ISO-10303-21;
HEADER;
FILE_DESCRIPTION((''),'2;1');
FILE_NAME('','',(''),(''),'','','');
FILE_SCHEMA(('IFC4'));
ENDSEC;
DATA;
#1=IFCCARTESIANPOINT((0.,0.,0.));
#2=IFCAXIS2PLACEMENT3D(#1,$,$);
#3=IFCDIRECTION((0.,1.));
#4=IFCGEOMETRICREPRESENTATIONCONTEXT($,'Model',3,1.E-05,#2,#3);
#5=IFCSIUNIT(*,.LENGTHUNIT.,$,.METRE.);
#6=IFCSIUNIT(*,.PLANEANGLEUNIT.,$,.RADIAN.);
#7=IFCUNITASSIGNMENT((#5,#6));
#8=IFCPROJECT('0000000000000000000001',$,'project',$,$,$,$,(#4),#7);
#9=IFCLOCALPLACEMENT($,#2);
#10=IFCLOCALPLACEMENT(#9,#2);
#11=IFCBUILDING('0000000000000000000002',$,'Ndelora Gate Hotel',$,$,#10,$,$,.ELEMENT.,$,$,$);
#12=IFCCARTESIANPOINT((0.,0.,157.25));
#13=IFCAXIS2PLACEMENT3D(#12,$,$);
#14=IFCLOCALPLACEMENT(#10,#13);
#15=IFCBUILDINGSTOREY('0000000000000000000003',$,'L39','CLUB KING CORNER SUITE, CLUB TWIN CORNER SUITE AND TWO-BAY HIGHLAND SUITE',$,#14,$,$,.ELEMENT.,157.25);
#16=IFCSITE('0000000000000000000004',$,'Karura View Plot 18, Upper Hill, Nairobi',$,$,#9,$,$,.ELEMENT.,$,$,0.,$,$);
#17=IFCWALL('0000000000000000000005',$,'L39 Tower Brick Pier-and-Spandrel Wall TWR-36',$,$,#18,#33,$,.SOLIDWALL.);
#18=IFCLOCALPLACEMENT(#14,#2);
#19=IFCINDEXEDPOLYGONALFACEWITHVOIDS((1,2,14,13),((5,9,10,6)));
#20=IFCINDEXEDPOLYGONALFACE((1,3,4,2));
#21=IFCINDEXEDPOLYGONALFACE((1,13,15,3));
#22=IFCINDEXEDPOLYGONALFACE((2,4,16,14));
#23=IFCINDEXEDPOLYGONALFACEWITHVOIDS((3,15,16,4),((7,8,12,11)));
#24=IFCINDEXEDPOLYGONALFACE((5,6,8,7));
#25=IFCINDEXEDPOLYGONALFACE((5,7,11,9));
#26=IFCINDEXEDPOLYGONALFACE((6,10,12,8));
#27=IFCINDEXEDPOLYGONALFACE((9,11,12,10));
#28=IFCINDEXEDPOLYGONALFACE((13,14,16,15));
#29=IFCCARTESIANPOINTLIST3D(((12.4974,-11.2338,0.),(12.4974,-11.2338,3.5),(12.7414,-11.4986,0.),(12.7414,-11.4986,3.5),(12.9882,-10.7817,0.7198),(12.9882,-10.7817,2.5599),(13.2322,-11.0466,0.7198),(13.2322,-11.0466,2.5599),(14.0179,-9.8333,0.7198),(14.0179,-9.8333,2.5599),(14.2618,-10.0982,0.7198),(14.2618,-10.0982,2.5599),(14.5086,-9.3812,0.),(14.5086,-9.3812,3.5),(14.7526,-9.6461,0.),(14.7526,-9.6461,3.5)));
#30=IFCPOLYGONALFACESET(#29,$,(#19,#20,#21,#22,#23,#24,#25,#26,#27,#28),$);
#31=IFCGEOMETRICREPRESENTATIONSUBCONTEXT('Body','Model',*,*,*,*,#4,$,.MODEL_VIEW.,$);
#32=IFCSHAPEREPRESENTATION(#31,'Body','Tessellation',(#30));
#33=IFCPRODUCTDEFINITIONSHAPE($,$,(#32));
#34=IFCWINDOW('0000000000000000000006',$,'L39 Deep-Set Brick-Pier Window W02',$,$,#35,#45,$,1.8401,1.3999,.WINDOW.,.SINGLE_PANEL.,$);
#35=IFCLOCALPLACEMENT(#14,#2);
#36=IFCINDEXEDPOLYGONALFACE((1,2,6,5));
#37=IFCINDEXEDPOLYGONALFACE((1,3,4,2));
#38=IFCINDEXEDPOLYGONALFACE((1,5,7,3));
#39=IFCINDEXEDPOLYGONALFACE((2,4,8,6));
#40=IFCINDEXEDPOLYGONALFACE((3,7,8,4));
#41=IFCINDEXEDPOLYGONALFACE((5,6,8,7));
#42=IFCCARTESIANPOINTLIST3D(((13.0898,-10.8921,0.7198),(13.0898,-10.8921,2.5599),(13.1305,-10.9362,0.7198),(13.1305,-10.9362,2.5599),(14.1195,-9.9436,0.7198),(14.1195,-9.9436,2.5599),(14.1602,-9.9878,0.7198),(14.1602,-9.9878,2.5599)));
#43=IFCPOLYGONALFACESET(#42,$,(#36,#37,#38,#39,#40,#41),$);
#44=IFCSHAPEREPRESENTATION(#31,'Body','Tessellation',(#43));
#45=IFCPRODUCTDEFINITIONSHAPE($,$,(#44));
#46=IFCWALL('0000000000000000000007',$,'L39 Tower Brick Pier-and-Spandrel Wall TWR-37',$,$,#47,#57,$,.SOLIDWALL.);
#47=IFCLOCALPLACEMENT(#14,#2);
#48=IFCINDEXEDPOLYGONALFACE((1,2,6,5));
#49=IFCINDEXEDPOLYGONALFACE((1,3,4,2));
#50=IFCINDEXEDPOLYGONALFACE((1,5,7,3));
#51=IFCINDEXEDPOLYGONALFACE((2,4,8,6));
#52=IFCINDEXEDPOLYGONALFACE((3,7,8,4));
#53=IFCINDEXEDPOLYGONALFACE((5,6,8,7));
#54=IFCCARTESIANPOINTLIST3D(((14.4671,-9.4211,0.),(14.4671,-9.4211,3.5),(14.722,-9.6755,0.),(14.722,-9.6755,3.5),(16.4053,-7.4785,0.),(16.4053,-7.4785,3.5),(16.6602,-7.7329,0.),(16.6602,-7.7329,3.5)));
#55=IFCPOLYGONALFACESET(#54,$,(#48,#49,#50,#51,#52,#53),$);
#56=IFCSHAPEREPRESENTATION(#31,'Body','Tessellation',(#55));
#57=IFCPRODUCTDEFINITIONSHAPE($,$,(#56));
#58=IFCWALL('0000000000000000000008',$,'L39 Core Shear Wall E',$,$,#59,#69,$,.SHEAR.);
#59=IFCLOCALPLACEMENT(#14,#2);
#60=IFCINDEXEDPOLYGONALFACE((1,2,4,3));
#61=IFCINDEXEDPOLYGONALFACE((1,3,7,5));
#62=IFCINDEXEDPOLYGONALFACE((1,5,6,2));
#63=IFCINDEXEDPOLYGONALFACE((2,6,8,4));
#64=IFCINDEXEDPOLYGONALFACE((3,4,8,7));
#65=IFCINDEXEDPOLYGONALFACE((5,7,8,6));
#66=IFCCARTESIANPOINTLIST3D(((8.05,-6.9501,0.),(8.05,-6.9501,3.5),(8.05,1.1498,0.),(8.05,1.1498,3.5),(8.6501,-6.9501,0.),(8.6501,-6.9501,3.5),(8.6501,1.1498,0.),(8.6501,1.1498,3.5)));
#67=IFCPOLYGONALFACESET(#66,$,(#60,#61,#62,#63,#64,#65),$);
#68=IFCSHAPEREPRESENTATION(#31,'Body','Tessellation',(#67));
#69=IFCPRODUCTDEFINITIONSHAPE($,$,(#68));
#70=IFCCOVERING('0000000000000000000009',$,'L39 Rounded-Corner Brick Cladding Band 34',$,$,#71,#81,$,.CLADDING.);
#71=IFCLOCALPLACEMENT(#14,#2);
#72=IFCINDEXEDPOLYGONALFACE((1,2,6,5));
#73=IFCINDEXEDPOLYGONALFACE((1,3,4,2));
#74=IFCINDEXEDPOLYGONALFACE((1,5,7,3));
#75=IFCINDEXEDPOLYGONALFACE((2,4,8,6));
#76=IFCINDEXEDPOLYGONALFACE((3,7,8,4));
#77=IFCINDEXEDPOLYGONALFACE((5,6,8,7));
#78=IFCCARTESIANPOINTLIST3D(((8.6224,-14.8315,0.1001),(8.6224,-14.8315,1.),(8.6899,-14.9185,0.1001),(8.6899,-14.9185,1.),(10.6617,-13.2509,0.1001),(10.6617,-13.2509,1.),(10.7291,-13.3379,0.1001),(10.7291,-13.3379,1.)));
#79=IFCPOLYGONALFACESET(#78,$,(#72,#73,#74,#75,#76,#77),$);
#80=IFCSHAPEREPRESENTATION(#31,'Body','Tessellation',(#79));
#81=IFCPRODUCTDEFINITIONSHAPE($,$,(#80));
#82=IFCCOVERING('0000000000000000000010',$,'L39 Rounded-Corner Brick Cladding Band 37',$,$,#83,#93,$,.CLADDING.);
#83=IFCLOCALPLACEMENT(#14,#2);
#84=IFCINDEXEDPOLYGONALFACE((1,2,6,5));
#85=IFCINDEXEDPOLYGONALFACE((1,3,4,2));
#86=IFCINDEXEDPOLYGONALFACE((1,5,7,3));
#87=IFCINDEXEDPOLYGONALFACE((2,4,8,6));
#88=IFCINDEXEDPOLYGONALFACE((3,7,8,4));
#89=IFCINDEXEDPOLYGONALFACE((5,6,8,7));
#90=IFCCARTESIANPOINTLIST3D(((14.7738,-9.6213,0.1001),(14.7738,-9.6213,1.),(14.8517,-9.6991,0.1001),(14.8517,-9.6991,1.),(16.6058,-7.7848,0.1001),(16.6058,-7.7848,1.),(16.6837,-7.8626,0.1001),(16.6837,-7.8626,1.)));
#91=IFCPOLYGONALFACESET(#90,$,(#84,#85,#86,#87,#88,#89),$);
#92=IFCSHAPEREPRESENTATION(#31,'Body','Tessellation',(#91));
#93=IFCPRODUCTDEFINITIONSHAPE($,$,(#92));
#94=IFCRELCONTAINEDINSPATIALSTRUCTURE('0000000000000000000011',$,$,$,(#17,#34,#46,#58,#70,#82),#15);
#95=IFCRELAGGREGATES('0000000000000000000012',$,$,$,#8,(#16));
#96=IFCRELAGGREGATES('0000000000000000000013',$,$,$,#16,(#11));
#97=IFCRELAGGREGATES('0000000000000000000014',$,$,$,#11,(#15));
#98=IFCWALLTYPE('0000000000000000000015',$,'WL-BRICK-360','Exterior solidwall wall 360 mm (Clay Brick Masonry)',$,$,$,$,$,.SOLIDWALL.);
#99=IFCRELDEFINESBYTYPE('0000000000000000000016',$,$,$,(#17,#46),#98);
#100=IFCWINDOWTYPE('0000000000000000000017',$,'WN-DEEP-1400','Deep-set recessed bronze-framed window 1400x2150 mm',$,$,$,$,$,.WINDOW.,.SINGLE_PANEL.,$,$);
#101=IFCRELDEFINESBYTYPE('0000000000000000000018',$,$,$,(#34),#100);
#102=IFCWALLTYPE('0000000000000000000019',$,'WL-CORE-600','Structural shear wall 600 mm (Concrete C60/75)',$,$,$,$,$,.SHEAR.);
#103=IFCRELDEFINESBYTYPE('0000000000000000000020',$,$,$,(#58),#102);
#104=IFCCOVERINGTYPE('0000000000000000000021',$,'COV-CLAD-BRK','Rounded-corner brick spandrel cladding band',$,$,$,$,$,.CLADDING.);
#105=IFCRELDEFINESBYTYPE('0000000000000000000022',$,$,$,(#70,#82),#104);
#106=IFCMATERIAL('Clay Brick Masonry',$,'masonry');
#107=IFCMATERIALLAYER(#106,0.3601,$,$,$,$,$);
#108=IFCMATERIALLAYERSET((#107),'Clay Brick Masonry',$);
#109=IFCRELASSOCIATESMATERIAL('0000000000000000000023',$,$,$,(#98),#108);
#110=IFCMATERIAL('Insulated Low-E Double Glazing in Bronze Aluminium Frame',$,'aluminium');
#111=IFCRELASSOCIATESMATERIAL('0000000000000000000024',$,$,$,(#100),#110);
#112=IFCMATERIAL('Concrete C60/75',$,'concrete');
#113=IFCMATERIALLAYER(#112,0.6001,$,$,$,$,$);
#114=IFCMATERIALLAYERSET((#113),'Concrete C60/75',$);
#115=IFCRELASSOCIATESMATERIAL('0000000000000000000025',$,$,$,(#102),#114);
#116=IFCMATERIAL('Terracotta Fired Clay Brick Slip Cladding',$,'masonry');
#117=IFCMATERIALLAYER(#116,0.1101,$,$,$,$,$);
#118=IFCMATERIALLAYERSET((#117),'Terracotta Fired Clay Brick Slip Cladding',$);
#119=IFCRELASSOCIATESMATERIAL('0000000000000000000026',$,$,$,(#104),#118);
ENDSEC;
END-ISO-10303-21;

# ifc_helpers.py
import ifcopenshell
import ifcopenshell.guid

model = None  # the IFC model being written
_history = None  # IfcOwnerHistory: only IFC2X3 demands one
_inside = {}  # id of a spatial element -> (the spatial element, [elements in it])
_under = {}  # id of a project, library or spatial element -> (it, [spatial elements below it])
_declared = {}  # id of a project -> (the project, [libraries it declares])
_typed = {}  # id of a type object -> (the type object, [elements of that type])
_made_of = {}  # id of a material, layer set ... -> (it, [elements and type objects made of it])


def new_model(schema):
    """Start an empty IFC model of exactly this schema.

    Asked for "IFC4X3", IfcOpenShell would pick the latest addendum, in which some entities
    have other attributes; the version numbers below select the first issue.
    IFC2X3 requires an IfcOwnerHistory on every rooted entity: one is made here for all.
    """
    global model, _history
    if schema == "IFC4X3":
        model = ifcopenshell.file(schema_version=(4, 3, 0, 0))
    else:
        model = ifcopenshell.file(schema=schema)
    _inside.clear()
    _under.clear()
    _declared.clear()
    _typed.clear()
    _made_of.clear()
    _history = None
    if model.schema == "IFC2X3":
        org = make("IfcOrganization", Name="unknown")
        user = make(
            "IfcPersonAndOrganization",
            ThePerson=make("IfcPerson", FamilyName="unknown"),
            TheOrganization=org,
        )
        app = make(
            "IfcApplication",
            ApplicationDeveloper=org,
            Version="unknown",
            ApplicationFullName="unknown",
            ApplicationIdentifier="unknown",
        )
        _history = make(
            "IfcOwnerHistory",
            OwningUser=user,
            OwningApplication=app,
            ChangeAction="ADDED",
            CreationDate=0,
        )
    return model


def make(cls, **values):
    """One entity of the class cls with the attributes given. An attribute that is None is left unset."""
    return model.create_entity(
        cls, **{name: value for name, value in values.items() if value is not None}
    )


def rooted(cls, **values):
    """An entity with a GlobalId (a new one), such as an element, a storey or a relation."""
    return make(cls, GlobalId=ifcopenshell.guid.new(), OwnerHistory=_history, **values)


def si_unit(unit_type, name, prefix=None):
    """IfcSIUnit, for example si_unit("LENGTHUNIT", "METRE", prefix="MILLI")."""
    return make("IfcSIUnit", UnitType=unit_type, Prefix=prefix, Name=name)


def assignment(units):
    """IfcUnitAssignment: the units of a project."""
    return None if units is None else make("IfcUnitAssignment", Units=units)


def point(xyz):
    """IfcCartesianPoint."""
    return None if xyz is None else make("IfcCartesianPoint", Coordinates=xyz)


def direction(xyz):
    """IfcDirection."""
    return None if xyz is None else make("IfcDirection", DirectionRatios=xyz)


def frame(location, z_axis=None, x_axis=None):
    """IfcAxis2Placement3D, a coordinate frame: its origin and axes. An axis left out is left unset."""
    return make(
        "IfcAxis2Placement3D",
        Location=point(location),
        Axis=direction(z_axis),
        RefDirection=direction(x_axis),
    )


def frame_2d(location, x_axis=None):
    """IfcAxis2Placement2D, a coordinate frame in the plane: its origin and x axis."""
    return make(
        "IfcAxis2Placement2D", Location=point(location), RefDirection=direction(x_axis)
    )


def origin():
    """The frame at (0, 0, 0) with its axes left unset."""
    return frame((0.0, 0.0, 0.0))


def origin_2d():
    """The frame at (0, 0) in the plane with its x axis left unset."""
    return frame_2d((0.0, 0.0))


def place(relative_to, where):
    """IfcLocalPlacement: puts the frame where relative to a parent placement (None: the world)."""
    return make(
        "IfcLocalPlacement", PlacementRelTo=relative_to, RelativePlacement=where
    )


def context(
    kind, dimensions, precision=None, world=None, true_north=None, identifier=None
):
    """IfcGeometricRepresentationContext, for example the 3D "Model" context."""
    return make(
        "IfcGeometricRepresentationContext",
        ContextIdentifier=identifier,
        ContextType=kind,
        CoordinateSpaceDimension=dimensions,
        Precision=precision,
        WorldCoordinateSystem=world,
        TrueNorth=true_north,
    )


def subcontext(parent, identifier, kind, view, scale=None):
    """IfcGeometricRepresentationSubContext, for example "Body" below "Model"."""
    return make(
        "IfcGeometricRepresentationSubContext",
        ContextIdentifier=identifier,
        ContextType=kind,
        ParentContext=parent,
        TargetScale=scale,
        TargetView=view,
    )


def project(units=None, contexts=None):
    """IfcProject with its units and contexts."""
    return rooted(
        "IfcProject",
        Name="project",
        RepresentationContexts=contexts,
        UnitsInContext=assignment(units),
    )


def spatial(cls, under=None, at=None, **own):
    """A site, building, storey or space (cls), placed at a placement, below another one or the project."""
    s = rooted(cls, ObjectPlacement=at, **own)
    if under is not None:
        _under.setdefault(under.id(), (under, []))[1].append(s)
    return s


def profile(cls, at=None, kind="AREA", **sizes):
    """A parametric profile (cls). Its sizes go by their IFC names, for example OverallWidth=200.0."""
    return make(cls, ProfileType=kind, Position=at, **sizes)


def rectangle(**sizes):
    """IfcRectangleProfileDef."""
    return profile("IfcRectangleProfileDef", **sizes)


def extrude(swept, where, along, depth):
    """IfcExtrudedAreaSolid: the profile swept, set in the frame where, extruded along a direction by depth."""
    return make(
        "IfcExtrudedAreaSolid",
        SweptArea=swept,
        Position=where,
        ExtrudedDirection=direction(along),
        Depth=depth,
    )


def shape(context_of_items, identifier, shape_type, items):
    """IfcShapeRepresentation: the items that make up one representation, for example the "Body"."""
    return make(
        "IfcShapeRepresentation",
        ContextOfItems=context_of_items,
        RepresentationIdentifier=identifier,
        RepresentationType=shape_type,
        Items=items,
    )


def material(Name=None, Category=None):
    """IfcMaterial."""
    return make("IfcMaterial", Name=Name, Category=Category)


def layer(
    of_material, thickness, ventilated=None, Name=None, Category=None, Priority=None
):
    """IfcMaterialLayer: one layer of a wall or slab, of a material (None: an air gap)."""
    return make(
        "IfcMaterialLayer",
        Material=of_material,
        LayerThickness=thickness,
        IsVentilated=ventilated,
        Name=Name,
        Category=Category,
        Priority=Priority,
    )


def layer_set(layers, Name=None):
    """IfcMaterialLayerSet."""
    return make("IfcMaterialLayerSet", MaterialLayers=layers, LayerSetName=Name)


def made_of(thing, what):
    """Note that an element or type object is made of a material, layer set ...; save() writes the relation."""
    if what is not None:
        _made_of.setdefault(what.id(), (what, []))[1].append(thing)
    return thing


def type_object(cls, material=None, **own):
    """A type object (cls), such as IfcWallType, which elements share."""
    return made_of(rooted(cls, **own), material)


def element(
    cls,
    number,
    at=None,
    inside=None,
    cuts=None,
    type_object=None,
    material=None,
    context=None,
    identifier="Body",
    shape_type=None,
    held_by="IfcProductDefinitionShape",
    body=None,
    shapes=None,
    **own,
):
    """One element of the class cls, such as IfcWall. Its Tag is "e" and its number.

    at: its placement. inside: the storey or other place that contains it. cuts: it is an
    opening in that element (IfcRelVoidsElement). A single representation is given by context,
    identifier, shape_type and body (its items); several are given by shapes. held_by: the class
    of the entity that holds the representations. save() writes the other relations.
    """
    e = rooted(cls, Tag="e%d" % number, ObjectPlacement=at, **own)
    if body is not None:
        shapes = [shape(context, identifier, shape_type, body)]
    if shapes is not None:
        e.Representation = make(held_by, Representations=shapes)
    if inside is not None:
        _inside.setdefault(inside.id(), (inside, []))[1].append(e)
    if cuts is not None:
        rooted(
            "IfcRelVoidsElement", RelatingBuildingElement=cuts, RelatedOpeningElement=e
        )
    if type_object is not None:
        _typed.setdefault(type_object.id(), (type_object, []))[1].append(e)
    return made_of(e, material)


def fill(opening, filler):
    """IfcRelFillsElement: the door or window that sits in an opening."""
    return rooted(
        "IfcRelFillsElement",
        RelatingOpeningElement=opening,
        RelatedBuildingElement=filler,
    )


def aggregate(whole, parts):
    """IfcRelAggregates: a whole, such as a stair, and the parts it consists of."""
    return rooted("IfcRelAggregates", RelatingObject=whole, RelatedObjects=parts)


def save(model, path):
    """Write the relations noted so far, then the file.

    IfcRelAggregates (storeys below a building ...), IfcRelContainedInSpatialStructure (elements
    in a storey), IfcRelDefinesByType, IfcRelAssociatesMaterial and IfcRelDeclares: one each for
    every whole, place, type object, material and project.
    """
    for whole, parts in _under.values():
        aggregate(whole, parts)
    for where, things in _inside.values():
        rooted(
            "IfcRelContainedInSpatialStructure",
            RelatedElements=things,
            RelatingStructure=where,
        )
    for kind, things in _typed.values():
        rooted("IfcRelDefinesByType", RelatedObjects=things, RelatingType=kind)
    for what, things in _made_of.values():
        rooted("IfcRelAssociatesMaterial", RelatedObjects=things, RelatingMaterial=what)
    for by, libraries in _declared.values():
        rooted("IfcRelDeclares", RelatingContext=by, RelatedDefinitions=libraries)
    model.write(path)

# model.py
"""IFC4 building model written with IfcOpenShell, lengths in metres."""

from ifc_helpers import new_model, si_unit, direction, frame, frame_2d, origin, origin_2d, place, context, subcontext, project, spatial, rectangle, extrude, material, layer, layer_set, type_object, element, fill, save


model = new_model("IFC4")

# Units and contexts
model_context = context("Model", 3, precision=1e-05, world=origin(), true_north=direction((0.0, 1.0)))
body_context = subcontext(model_context, "Body", "Model", "MODEL_VIEW")
ifc_project = project(units=[si_unit("LENGTHUNIT", "METRE"), si_unit("PLANEANGLEUNIT", "RADIAN")], contexts=[model_context])

# Site, building, storey
site_placement = place(None, origin())
site = spatial("IfcSite", under=ifc_project, at=site_placement, Name="Karura View Plot 18, Upper Hill, Nairobi", CompositionType="ELEMENT", RefElevation=0.0)
building_placement = place(site_placement, origin())
building = spatial("IfcBuilding", under=site, at=building_placement, Name="Ndelora Gate Hotel", CompositionType="ELEMENT")
storey_placement = place(building_placement, frame((0.0, 0.0, 157.25)))
storey = spatial("IfcBuildingStorey", under=building, at=storey_placement, Name="L39", Description="CLUB KING CORNER SUITE, CLUB TWIN CORNER SUITE AND TWO-BAY HIGHLAND SUITE", CompositionType="ELEMENT", Elevation=157.25)

# Shared definitions
ifc_material_1 = material(Name="Concrete C60/75", Category="concrete")

# Shared definitions
ifc_material_2 = material(Name="Clay Brick Masonry", Category="masonry")
ifc_layer_1 = layer(ifc_material_2, 0.3601)
ifc_layer_set_1 = layer_set([ifc_layer_1], Name="Clay Brick Masonry")
wall_type_1 = type_object("IfcWallType", Name="WL-BRICK-360", Description="Exterior solidwall wall 360 mm (Clay Brick Masonry)", PredefinedType="SOLIDWALL", material=ifc_layer_set_1)
ifc_material_3 = material(Name="Insulated Low-E Double Glazing in Bronze Aluminium Frame", Category="aluminium")
window_type = type_object("IfcWindowType", Name="WN-DEEP-1400", Description="Deep-set recessed bronze-framed window 1400x2150 mm", PartitioningType="SINGLE_PANEL", PredefinedType="WINDOW", material=ifc_material_3)

# Wall, opening, window
wall_1_placement = place(storey_placement, frame((14.6306, -9.5137, 0.0), z_axis=(0.0, 0.0, 1.0), x_axis=(-0.735529, -0.677494, 0.0)))
wall_1 = element("IfcWall", 1, at=wall_1_placement, inside=storey, type_object=wall_type_1, Name="L39 Tower Brick Pier-and-Spandrel Wall TWR-36", PredefinedType="SOLIDWALL", context=body_context, shape_type="SweptSolid", body=[
    extrude(rectangle(XDim=2.7344, YDim=0.3601, at=frame_2d((1.3672, 0.0))), origin(), (0.0, 0.0, 1.0), 3.5),
])
opening_1_placement = place(wall_1_placement, frame((0.6672, 0.0, 0.72)))
opening_1 = element("IfcOpeningElement", 2, at=opening_1_placement, cuts=wall_1, PredefinedType="OPENING", context=body_context, shape_type="SweptSolid", body=[
    extrude(rectangle(XDim=1.3999, YDim=1.8401, at=frame_2d((0.7, 0.9199))), frame((0.0, 0.1899, 0.0), z_axis=(0.0, -1.0, 0.0), x_axis=(1.0, 0.0, 0.0)), (0.0, 0.0, 1.0), 0.3801),
])
window_1_placement = place(opening_1_placement, origin())
window_1 = element("IfcWindow", 3, at=window_1_placement, inside=storey, type_object=window_type, Name="L39 Deep-Set Brick-Pier Window W02", OverallHeight=1.8401, OverallWidth=1.3999, PartitioningType="SINGLE_PANEL", PredefinedType="WINDOW", context=body_context, shape_type="SweptSolid", body=[
    extrude(rectangle(XDim=1.3999, YDim=1.8401, at=frame_2d((0.7, 0.9199))), frame((0.0, 0.03, 0.0), z_axis=(0.0, -1.0, 0.0), x_axis=(1.0, 0.0, 0.0)), (0.0, 0.0, 1.0), 0.0601),
])
fill(opening_1, window_1)

# Walls
wall_2_placement = place(storey_placement, frame((16.5327, -7.6057, 0.0), z_axis=(0.0, 0.0, 1.0), x_axis=(-0.706306, -0.707907, 0.0)))
element("IfcWall", 4, at=wall_2_placement, inside=storey, type_object=wall_type_1, Name="L39 Tower Brick Pier-and-Spandrel Wall TWR-37", PredefinedType="SOLIDWALL", context=body_context, shape_type="SweptSolid", body=[
    extrude(rectangle(XDim=2.7441, YDim=0.3601, at=frame_2d((1.3721, 0.0))), origin(), (0.0, 0.0, 1.0), 3.5),
])
ifc_layer_2 = layer(ifc_material_1, 0.6001)
ifc_layer_set_2 = layer_set([ifc_layer_2], Name="Concrete C60/75")
wall_type_2 = type_object("IfcWallType", Name="WL-CORE-600", Description="Structural shear wall 600 mm (Concrete C60/75)", PredefinedType="SHEAR", material=ifc_layer_set_2)
wall_3_placement = place(storey_placement, frame((8.3501, -6.95, 0.0), z_axis=(0.0, 0.0, 1.0), x_axis=(0.0, 1.0, 0.0)))
element("IfcWall", 5, at=wall_3_placement, inside=storey, type_object=wall_type_2, Name="L39 Core Shear Wall E", PredefinedType="SHEAR", context=body_context, shape_type="SweptSolid", body=[
    extrude(rectangle(XDim=8.0999, YDim=0.6001, at=frame_2d((4.0498, 0.0))), origin(), (0.0, 0.0, 1.0), 3.5),
])

# Coverings
ifc_material_4 = material(Name="Terracotta Fired Clay Brick Slip Cladding", Category="masonry")
ifc_layer_3 = layer(ifc_material_4, 0.1101)
ifc_layer_set_3 = layer_set([ifc_layer_3], Name="Terracotta Fired Clay Brick Slip Cladding")
covering_type = type_object("IfcCoveringType", Name="COV-CLAD-BRK", Description="Rounded-corner brick spandrel cladding band", PredefinedType="CLADDING", material=ifc_layer_set_3)
covering_1_placement = place(storey_placement, frame((9.6758, -14.0847, 0.1001), z_axis=(0.0, 0.0, 1.0), x_axis=(0.790369, 0.612631, 0.0)))
element("IfcCovering", 6, at=covering_1_placement, inside=storey, type_object=covering_type, Name="L39 Rounded-Corner Brick Cladding Band 34", PredefinedType="CLADDING", context=body_context, shape_type="SweptSolid", body=[
    extrude(rectangle(XDim=2.5801, YDim=0.1101, at=origin_2d()), origin(), (0.0, 0.0, 1.0), 0.8999),
])
covering_2_placement = place(storey_placement, frame((15.7288, -8.7419, 0.1001), z_axis=(0.0, 0.0, 1.0), x_axis=(0.706242, 0.70797, 0.0)))
element("IfcCovering", 7, at=covering_2_placement, inside=storey, type_object=covering_type, Name="L39 Rounded-Corner Brick Cladding Band 37", PredefinedType="CLADDING", context=body_context, shape_type="SweptSolid", body=[
    extrude(rectangle(XDim=2.594, YDim=0.1101, at=origin_2d()), origin(), (0.0, 0.0, 1.0), 0.8999),
])

save(model, "model.ifc")
